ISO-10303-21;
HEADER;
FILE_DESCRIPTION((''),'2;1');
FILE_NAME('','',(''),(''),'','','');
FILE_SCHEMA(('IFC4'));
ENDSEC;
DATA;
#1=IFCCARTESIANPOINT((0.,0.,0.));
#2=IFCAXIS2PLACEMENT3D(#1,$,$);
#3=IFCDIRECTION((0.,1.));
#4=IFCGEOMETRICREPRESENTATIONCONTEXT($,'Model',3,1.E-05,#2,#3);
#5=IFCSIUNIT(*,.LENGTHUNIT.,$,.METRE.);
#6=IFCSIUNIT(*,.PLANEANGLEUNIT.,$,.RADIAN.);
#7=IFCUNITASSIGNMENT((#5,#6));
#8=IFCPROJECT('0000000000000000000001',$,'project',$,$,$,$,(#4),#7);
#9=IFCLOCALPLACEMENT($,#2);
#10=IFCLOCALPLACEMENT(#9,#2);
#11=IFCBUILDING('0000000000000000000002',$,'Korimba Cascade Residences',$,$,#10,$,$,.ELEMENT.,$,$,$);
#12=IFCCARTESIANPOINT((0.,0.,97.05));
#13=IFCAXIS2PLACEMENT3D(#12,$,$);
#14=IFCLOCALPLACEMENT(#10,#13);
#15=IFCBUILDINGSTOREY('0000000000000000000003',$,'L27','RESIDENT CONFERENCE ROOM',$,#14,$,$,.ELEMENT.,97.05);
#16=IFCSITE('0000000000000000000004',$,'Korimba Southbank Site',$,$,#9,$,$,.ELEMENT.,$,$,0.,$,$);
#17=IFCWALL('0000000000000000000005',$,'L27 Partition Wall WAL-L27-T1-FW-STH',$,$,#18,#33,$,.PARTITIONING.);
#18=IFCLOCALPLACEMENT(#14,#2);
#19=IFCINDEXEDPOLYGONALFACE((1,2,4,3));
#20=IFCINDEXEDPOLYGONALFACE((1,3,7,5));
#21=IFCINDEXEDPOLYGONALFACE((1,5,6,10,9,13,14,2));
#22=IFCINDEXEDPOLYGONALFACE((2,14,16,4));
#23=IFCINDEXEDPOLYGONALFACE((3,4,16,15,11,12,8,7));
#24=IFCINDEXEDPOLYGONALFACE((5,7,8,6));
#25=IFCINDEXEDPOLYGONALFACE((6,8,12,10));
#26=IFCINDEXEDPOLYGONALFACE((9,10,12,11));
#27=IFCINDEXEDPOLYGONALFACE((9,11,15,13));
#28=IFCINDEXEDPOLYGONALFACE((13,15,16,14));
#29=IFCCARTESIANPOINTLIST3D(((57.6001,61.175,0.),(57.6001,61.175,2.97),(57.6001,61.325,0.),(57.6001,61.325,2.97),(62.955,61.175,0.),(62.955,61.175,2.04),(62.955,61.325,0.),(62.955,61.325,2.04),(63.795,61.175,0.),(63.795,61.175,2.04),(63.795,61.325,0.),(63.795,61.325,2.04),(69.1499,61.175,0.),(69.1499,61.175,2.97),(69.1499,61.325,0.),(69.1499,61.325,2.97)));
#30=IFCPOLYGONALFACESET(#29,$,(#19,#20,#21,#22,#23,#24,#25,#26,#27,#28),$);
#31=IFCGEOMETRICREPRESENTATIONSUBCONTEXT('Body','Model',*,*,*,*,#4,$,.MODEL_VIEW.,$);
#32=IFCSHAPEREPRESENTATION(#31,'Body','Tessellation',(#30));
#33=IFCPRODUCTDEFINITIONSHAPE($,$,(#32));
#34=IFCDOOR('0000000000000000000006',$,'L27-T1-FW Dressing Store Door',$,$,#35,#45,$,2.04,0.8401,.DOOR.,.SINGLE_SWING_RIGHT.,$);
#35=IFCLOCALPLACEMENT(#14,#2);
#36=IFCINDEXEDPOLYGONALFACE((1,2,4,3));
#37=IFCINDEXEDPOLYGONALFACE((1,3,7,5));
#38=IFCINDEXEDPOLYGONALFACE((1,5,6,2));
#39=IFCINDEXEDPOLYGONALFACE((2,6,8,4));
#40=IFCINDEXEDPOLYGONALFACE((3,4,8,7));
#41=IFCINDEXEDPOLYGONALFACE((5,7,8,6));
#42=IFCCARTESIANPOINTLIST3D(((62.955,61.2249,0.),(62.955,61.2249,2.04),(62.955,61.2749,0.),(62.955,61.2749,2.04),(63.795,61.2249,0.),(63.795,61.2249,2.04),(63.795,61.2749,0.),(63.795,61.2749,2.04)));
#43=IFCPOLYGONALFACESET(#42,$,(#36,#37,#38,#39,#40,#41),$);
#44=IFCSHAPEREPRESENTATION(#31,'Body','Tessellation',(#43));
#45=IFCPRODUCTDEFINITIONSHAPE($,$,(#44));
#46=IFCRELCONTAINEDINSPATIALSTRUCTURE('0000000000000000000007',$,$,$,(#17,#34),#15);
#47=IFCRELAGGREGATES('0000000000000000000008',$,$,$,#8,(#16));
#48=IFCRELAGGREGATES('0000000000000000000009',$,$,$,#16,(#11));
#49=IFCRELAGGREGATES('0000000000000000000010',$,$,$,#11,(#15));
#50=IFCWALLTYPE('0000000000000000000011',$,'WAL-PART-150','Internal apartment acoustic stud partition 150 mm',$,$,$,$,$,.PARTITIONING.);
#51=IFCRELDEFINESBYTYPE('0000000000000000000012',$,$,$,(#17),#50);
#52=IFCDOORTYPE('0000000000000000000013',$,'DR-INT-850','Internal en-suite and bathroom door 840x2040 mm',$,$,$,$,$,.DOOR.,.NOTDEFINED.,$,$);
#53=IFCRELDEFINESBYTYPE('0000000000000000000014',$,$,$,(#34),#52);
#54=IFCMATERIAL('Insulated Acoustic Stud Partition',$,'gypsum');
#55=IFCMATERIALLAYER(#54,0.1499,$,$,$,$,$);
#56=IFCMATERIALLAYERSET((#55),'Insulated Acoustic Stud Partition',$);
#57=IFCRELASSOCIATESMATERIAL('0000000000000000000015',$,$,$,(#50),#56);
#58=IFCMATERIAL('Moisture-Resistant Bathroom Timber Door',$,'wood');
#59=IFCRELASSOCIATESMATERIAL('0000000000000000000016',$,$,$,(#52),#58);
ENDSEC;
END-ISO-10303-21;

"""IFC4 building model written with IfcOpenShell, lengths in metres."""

from ifc_helpers import new_model, si_unit, direction, frame, frame_2d, origin, place, context, subcontext, project, spatial, rectangle, extrude, material, layer, layer_set, type_object, element, fill, save


model = new_model("IFC4")

# Units and contexts
model_context = context("Model", 3, precision=1e-05, world=origin(), true_north=direction((0.0, 1.0)))
body_context = subcontext(model_context, "Body", "Model", "MODEL_VIEW")
ifc_project = project(units=[si_unit("LENGTHUNIT", "METRE"), si_unit("PLANEANGLEUNIT", "RADIAN")], contexts=[model_context])

# Site, building, storey
site_placement = place(None, origin())
site = spatial("IfcSite", under=ifc_project, at=site_placement, Name="Korimba Southbank Site", CompositionType="ELEMENT", RefElevation=0.0)
building_placement = place(site_placement, origin())
building = spatial("IfcBuilding", under=site, at=building_placement, Name="Korimba Cascade Residences", CompositionType="ELEMENT")
storey_placement = place(building_placement, frame((0.0, 0.0, 97.05)))
storey = spatial("IfcBuildingStorey", under=building, at=storey_placement, Name="L27", Description="RESIDENT CONFERENCE ROOM", CompositionType="ELEMENT", Elevation=97.05)

# Wall, opening, door
ifc_material_1 = material(Name="Insulated Acoustic Stud Partition", Category="gypsum")
ifc_layer_1 = layer(ifc_material_1, 0.1499)
ifc_layer_set_1 = layer_set([ifc_layer_1], Name="Insulated Acoustic Stud Partition")
wall_type_1 = type_object("IfcWallType", Name="WAL-PART-150", Description="Internal apartment acoustic stud partition 150 mm", PredefinedType="PARTITIONING", material=ifc_layer_set_1)
wall_1_placement = place(storey_placement, frame((57.6001, 61.25, 0.0), z_axis=(0.0, 0.0, 1.0), x_axis=(1.0, 0.0, 0.0)))
wall_1 = element("IfcWall", 1, at=wall_1_placement, inside=storey, type_object=wall_type_1, Name="L27 Partition Wall WAL-L27-T1-FW-STH", PredefinedType="PARTITIONING", context=body_context, shape_type="SweptSolid", body=[
    extrude(rectangle(XDim=11.5498, YDim=0.1499, at=frame_2d((5.7749, 0.0))), origin(), (0.0, 0.0, 1.0), 2.97),
])
opening_1_placement = place(wall_1_placement, frame((5.355, 0.0, 0.0)))
opening_1 = element("IfcOpeningElement", 2, at=opening_1_placement, cuts=wall_1, PredefinedType="OPENING", context=body_context, shape_type="SweptSolid", body=[
    extrude(rectangle(XDim=0.8401, YDim=2.04, at=frame_2d((0.4199, 1.02))), frame((0.0, 0.085, 0.0), z_axis=(0.0, -1.0, 0.0), x_axis=(1.0, 0.0, 0.0)), (0.0, 0.0, 1.0), 0.1699),
])
ifc_material_2 = material(Name="Moisture-Resistant Bathroom Timber Door", Category="wood")
door_type_1 = type_object("IfcDoorType", Name="DR-INT-850", Description="Internal en-suite and bathroom door 840x2040 mm", OperationType="NOTDEFINED", PredefinedType="DOOR", material=ifc_material_2)
door_1_placement = place(opening_1_placement, origin())
door_1 = element("IfcDoor", 3, at=door_1_placement, inside=storey, type_object=door_type_1, Name="L27-T1-FW Dressing Store Door", OperationType="SINGLE_SWING_RIGHT", OverallHeight=2.04, OverallWidth=0.8401, PredefinedType="DOOR", context=body_context, shape_type="SweptSolid", body=[
    extrude(rectangle(XDim=0.8401, YDim=2.04, at=frame_2d((0.4199, 1.02))), frame((0.0, 0.0249, 0.0), z_axis=(0.0, -1.0, 0.0), x_axis=(1.0, 0.0, 0.0)), (0.0, 0.0, 1.0), 0.05),
])
fill(opening_1, door_1)

save(model, "model.ifc")
